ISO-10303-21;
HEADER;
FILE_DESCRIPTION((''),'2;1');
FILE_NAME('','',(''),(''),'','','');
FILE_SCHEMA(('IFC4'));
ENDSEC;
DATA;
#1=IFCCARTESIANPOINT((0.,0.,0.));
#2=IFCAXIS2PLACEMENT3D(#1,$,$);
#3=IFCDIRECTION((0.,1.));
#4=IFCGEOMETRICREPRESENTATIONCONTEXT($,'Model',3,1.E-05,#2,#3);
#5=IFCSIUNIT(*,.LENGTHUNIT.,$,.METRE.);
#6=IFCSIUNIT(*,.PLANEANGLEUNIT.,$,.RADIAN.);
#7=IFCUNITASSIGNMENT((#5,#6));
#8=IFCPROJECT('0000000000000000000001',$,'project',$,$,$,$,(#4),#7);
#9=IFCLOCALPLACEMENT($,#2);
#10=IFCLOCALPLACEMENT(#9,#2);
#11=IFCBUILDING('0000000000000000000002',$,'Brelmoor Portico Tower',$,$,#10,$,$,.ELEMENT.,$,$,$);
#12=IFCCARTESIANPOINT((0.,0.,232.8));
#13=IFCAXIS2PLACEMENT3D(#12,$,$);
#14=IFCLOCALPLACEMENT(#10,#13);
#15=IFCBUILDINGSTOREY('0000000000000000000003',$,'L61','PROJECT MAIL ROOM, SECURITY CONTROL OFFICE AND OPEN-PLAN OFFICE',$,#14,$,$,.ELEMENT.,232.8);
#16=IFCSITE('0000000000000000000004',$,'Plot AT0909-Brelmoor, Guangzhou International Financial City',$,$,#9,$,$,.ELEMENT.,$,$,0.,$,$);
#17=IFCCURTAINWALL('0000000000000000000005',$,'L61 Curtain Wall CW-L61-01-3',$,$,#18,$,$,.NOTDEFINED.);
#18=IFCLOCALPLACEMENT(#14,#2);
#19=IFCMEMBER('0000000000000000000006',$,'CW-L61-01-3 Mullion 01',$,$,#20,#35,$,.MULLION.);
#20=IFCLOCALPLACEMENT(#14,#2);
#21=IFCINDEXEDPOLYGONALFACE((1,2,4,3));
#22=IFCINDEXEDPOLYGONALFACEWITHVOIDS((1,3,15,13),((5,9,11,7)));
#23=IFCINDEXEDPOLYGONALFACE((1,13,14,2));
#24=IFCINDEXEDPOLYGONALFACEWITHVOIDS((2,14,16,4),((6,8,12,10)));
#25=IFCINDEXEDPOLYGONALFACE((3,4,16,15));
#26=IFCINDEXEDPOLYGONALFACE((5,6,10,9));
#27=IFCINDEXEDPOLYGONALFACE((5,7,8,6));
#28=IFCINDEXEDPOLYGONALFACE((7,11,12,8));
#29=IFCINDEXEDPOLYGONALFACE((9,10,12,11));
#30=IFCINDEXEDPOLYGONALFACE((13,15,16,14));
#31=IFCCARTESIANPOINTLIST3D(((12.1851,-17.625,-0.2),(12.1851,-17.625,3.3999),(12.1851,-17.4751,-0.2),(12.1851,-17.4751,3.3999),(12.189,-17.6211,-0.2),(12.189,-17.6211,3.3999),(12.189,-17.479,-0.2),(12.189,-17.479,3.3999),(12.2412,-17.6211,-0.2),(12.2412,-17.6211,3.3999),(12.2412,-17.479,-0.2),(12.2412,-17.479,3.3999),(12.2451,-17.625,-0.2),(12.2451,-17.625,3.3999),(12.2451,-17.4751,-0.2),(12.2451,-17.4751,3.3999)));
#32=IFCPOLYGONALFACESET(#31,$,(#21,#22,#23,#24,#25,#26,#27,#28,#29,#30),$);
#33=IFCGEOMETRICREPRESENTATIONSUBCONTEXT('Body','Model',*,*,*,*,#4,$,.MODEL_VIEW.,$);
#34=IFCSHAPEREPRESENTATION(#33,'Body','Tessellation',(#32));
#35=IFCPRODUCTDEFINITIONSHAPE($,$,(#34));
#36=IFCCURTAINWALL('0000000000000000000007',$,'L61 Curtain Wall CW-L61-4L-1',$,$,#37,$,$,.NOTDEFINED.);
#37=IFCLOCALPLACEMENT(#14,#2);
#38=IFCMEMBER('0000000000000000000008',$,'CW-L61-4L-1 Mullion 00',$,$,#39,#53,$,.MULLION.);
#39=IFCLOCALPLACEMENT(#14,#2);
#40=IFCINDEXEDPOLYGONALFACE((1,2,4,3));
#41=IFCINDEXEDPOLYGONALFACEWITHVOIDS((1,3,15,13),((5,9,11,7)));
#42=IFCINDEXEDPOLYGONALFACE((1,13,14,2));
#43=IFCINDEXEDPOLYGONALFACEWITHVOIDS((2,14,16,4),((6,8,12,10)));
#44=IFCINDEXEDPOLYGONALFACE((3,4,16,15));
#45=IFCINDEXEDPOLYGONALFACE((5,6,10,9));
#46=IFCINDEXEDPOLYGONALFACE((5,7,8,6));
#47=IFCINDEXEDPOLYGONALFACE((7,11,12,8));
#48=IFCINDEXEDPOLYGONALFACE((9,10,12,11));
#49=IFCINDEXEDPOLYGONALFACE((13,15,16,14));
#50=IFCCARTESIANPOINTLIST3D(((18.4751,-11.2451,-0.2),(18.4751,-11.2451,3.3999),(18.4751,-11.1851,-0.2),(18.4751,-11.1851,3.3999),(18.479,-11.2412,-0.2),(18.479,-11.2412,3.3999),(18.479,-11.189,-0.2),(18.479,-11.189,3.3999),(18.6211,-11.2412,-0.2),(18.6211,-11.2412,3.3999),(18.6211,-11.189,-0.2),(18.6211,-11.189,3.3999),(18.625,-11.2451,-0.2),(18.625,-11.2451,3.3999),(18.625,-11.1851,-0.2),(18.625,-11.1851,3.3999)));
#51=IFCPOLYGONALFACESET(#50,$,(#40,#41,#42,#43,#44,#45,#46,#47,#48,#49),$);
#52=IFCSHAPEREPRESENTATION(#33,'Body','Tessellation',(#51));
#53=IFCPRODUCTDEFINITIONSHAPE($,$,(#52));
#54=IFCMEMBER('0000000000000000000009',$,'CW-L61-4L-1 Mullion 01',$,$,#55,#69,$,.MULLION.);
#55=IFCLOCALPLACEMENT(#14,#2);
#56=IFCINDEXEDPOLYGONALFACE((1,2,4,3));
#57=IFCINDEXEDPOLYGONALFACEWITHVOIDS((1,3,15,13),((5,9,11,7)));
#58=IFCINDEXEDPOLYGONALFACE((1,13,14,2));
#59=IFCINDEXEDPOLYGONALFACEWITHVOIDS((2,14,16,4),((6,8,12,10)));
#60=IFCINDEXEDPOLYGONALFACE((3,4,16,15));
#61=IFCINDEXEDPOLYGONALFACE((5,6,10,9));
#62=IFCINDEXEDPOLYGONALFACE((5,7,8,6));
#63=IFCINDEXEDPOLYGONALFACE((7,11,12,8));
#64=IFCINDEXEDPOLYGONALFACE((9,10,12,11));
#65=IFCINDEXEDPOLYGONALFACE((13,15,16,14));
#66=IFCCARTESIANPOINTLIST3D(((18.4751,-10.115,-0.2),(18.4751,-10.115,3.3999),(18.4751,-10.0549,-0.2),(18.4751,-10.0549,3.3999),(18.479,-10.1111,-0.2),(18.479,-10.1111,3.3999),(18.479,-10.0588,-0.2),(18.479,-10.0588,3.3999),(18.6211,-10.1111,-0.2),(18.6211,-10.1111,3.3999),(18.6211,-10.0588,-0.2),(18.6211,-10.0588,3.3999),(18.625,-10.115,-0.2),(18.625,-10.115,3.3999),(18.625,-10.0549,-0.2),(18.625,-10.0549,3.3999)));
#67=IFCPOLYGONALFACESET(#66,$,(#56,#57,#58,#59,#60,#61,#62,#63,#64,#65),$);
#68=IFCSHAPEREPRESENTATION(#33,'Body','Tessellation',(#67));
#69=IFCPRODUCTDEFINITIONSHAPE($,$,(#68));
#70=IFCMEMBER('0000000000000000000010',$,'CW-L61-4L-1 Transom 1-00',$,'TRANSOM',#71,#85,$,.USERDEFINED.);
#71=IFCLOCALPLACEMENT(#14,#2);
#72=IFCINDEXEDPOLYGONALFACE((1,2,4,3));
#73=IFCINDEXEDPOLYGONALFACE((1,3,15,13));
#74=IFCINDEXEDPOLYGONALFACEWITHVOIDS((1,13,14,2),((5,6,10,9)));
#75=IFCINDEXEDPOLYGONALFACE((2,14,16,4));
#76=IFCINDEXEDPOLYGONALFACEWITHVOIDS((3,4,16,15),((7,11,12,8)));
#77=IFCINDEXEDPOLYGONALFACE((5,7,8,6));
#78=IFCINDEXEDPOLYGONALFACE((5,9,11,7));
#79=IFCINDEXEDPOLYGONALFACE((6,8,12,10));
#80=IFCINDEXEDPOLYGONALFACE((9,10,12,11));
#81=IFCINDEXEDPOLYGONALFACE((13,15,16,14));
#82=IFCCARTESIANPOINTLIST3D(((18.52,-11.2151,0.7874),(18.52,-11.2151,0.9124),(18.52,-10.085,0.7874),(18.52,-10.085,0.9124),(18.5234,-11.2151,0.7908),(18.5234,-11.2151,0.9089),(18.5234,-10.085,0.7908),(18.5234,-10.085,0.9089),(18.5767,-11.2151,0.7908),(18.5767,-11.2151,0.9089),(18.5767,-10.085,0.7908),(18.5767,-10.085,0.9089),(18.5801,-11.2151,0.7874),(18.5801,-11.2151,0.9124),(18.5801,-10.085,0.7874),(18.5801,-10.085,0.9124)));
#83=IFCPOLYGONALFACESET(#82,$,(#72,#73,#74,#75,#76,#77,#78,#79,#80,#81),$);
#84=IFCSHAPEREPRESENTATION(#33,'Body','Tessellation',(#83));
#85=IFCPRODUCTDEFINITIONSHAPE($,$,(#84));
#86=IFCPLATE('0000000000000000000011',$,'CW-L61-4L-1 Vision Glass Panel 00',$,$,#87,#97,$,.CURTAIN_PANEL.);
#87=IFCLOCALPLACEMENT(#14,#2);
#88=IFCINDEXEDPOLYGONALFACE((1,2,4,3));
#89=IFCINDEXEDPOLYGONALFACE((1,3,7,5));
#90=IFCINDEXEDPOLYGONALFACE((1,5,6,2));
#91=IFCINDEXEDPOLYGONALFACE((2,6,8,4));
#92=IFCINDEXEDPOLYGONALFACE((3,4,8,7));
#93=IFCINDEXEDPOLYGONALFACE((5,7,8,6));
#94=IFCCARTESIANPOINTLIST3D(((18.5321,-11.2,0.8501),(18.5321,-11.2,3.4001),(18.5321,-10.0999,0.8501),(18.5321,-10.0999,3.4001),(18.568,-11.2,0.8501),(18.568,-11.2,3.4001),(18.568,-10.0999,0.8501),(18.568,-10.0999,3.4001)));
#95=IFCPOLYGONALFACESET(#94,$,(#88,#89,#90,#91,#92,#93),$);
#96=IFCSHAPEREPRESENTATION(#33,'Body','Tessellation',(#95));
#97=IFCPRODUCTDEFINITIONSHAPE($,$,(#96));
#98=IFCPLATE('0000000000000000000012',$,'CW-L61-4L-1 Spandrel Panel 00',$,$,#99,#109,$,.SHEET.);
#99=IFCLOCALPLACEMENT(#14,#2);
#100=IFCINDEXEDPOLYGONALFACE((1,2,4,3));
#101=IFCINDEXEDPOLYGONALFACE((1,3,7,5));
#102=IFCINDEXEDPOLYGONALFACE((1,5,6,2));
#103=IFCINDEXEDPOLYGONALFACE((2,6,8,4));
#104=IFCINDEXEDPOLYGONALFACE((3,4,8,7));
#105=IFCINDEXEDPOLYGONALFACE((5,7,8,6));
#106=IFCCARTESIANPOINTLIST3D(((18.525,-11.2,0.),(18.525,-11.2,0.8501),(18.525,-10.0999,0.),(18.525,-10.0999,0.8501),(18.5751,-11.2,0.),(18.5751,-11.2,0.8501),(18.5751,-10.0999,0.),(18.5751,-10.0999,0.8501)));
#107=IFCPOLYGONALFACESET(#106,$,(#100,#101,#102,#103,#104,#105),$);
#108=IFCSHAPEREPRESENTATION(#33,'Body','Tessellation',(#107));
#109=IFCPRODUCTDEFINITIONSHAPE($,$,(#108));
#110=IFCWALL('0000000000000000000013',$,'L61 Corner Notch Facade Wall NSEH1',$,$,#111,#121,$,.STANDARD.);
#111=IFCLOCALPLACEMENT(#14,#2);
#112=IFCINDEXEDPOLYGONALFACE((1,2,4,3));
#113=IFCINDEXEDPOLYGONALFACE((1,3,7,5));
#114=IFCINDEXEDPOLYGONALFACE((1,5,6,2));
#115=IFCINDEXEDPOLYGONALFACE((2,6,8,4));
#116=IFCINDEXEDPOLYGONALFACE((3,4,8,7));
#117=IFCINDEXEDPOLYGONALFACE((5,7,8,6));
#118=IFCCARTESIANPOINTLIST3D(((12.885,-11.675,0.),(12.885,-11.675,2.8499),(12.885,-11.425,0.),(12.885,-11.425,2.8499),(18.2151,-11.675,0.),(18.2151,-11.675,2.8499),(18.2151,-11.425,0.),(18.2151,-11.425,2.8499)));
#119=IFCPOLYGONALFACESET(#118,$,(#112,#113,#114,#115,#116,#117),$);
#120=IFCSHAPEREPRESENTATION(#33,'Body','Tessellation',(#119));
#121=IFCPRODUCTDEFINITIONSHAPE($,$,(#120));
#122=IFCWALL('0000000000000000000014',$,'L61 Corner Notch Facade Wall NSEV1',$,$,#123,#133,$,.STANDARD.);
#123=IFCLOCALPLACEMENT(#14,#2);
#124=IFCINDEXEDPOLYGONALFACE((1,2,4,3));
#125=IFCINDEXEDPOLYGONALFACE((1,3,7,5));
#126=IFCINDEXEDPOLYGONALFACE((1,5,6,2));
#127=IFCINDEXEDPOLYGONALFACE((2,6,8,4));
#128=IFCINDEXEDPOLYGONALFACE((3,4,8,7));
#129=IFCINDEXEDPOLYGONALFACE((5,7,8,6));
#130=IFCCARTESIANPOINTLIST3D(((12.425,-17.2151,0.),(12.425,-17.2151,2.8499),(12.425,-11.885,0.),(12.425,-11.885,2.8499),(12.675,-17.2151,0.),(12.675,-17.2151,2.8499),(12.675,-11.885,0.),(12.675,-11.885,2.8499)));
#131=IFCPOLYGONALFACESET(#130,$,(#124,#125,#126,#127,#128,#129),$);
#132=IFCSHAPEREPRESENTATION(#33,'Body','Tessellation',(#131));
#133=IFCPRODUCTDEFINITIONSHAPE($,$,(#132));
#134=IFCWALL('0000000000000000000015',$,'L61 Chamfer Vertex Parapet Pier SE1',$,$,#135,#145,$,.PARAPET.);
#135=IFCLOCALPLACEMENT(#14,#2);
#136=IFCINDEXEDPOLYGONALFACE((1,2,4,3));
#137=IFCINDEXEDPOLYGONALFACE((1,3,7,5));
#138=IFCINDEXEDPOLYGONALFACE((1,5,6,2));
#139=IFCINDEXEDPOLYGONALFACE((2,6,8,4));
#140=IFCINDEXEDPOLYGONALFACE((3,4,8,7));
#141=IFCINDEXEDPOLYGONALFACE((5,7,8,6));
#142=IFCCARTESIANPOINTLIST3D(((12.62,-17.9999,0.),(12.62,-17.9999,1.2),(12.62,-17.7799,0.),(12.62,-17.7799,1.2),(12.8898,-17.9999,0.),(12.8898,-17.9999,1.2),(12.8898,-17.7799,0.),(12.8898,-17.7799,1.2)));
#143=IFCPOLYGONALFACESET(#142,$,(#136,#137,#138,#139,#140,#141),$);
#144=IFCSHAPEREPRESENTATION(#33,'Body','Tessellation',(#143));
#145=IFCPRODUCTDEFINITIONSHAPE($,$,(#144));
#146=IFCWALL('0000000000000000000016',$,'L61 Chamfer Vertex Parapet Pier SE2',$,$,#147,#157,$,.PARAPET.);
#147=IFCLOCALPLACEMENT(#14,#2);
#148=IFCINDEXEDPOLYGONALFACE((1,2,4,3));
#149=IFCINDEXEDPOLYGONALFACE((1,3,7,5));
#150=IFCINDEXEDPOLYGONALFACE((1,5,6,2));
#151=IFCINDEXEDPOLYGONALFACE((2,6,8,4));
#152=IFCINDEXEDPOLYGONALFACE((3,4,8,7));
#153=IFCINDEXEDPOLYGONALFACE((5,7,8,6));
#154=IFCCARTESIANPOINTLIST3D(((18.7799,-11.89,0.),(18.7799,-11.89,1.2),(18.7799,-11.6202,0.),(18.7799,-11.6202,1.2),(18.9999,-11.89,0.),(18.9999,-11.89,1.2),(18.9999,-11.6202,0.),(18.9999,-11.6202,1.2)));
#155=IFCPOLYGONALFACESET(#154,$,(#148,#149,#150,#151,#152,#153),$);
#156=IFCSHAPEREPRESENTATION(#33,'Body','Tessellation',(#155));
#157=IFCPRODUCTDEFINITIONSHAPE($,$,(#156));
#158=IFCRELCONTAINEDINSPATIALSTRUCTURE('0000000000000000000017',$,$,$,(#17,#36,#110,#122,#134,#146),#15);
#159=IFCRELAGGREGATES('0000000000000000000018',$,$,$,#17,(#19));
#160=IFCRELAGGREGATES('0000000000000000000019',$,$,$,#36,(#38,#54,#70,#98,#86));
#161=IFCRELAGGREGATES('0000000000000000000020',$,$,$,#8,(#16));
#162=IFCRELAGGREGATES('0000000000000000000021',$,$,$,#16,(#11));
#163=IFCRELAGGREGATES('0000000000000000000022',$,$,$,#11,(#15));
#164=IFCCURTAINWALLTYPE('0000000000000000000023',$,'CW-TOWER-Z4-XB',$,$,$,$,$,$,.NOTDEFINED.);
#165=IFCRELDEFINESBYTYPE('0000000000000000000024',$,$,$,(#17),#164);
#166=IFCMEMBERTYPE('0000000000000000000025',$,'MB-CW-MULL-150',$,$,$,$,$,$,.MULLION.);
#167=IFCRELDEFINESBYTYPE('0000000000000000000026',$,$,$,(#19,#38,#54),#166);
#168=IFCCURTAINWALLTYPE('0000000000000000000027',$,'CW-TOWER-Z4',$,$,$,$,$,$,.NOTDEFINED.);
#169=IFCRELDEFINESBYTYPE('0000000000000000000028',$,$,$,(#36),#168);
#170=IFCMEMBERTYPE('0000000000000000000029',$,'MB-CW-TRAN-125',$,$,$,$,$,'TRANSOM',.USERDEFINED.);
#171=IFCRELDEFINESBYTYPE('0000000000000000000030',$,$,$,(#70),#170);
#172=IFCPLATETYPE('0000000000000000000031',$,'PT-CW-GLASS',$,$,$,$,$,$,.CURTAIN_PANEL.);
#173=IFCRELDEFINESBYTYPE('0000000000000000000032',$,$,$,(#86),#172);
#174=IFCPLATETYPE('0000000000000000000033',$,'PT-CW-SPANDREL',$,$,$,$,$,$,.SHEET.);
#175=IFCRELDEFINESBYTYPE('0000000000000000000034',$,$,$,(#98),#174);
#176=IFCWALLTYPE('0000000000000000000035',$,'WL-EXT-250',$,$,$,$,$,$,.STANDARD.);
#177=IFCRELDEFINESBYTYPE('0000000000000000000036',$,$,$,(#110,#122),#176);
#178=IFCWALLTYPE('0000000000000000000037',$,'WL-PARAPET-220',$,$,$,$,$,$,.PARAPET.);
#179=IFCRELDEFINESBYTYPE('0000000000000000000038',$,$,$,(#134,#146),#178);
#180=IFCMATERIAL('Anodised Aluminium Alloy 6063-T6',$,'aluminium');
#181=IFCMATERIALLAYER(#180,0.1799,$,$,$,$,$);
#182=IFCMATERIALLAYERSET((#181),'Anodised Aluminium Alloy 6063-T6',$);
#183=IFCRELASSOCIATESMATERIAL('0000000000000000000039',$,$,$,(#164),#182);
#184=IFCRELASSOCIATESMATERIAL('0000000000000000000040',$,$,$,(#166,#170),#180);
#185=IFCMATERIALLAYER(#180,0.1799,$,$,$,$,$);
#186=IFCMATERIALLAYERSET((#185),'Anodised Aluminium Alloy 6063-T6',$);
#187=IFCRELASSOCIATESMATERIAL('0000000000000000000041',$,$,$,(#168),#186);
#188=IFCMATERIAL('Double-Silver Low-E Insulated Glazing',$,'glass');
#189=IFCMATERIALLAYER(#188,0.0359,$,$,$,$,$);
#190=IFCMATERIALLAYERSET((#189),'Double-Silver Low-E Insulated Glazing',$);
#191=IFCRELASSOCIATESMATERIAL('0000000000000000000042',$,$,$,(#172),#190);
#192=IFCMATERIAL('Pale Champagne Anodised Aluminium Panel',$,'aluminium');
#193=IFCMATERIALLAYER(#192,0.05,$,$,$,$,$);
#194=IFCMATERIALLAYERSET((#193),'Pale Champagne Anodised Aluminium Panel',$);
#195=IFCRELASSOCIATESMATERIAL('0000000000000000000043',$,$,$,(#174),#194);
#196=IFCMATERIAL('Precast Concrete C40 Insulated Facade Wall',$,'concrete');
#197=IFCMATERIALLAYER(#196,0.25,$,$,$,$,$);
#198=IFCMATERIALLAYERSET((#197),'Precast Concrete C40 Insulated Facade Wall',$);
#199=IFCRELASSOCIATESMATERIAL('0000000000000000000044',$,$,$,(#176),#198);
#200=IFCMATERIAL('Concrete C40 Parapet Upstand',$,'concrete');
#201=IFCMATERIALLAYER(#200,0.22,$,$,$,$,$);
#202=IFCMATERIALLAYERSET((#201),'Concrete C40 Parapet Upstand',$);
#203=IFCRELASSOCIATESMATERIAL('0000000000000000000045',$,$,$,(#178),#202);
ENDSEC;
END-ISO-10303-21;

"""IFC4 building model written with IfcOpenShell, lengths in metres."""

from ifc_helpers import new_model, si_unit, direction, frame, frame_2d, origin, origin_2d, place, context, subcontext, project, spatial, rectangle, hollow_rectangle, extrude, material, layer, layer_set, material_profile, profile_set, type_object, element, aggregate, save


model = new_model("IFC4")

# Units and contexts
model_context = context("Model", 3, precision=1e-05, world=origin(), true_north=direction((0.0, 1.0)))
body_context = subcontext(model_context, "Body", "Model", "MODEL_VIEW")
ifc_project = project(units=[si_unit("LENGTHUNIT", "METRE"), si_unit("PLANEANGLEUNIT", "RADIAN")], contexts=[model_context])

# Site, building, storey
site_placement = place(None, origin())
site = spatial("IfcSite", under=ifc_project, at=site_placement, Name="Plot AT0909-Brelmoor, Guangzhou International Financial City", CompositionType="ELEMENT", RefElevation=0.0)
building_placement = place(site_placement, origin())
building = spatial("IfcBuilding", under=site, at=building_placement, Name="Brelmoor Portico Tower", CompositionType="ELEMENT")
storey_placement = place(building_placement, frame((0.0, 0.0, 232.8)))
storey = spatial("IfcBuildingStorey", under=building, at=storey_placement, Name="L61", Description="PROJECT MAIL ROOM, SECURITY CONTROL OFFICE AND OPEN-PLAN OFFICE", CompositionType="ELEMENT", Elevation=232.8)

# Curtain wall, member
ifc_material_1 = material(Name="Anodised Aluminium Alloy 6063-T6", Category="aluminium")
ifc_layer_1 = layer(ifc_material_1, 0.1799)
ifc_layer_set_1 = layer_set([ifc_layer_1], Name="Anodised Aluminium Alloy 6063-T6")
curtain_wall_type_1 = type_object("IfcCurtainWallType", Name="CW-TOWER-Z4-XB", PredefinedType="NOTDEFINED", material=ifc_layer_set_1)
curtain_wall_1_placement = place(storey_placement, origin())
curtain_wall_1 = element("IfcCurtainWall", 1, at=curtain_wall_1_placement, inside=storey, type_object=curtain_wall_type_1, Name="L61 Curtain Wall CW-L61-01-3", PredefinedType="NOTDEFINED")
ifc_material_profile_1 = material_profile(ifc_material_1, hollow_rectangle(XDim=0.0601, YDim=0.1499, WallThickness=0.0039, at=origin_2d()), Name="ALU MULLION 60x150")
ifc_profile_set_1 = profile_set([ifc_material_profile_1], Name="Anodised Aluminium Alloy 6063-T6")
member_type_1 = type_object("IfcMemberType", Name="MB-CW-MULL-150", PredefinedType="MULLION", material=ifc_profile_set_1)
member_1_placement = place(storey_placement, frame((12.2151, -17.55, -0.2), z_axis=(0.0, 0.0, 1.0), x_axis=(1.0, 0.0, 0.0)))
member_1 = element("IfcMember", 2, at=member_1_placement, type_object=member_type_1, Name="CW-L61-01-3 Mullion 01", PredefinedType="MULLION", context=body_context, shape_type="SweptSolid", body=[
    extrude(hollow_rectangle(XDim=0.0601, YDim=0.1499, WallThickness=0.0039, at=origin_2d()), origin(), (0.0, 0.0, 1.0), 3.5999),
])
aggregate(curtain_wall_1, [member_1])

# Curtain wall, members, plates
ifc_layer_2 = layer(ifc_material_1, 0.1799)
ifc_layer_set_2 = layer_set([ifc_layer_2], Name="Anodised Aluminium Alloy 6063-T6")
curtain_wall_type_2 = type_object("IfcCurtainWallType", Name="CW-TOWER-Z4", PredefinedType="NOTDEFINED", material=ifc_layer_set_2)
curtain_wall_2_placement = place(storey_placement, origin())
curtain_wall_2 = element("IfcCurtainWall", 3, at=curtain_wall_2_placement, inside=storey, type_object=curtain_wall_type_2, Name="L61 Curtain Wall CW-L61-4L-1", PredefinedType="NOTDEFINED")
member_2_placement = place(storey_placement, frame((18.55, -11.2151, -0.2), z_axis=(0.0, 0.0, 1.0), x_axis=(0.0, 1.0, 0.0)))
member_2 = element("IfcMember", 4, at=member_2_placement, type_object=member_type_1, Name="CW-L61-4L-1 Mullion 00", PredefinedType="MULLION", context=body_context, shape_type="SweptSolid", body=[
    extrude(hollow_rectangle(XDim=0.0601, YDim=0.1499, WallThickness=0.0039, at=origin_2d()), origin(), (0.0, 0.0, 1.0), 3.5999),
])
member_3_placement = place(storey_placement, frame((18.55, -10.085, -0.2), z_axis=(0.0, 0.0, 1.0), x_axis=(0.0, 1.0, 0.0)))
member_3 = element("IfcMember", 5, at=member_3_placement, type_object=member_type_1, Name="CW-L61-4L-1 Mullion 01", PredefinedType="MULLION", context=body_context, shape_type="SweptSolid", body=[
    extrude(hollow_rectangle(XDim=0.0601, YDim=0.1499, WallThickness=0.0039, at=origin_2d()), origin(), (0.0, 0.0, 1.0), 3.5999),
])
ifc_material_profile_2 = material_profile(ifc_material_1, hollow_rectangle(XDim=0.0601, YDim=0.125, WallThickness=0.0034, at=origin_2d()), Name="ALU TRANSOM 60x125")
ifc_profile_set_2 = profile_set([ifc_material_profile_2], Name="Anodised Aluminium Alloy 6063-T6")
member_type_2 = type_object("IfcMemberType", Name="MB-CW-TRAN-125", ElementType="TRANSOM", PredefinedType="USERDEFINED", material=ifc_profile_set_2)
member_4_placement = place(storey_placement, frame((18.55, -11.2151, 0.8499), z_axis=(0.0, 1.0, 0.0), x_axis=(-1.0, 0.0, 0.0)))
member_4 = element("IfcMember", 6, at=member_4_placement, type_object=member_type_2, Name="CW-L61-4L-1 Transom 1-00", ObjectType="TRANSOM", PredefinedType="USERDEFINED", context=body_context, shape_type="SweptSolid", body=[
    extrude(hollow_rectangle(XDim=0.0601, YDim=0.125, WallThickness=0.0034, at=origin_2d()), origin(), (0.0, 0.0, 1.0), 1.1301),
])
ifc_material_2 = material(Name="Double-Silver Low-E Insulated Glazing", Category="glass")
ifc_layer_3 = layer(ifc_material_2, 0.0359)
ifc_layer_set_3 = layer_set([ifc_layer_3], Name="Double-Silver Low-E Insulated Glazing")
plate_type_1 = type_object("IfcPlateType", Name="PT-CW-GLASS", PredefinedType="CURTAIN_PANEL", material=ifc_layer_set_3)
plate_1_placement = place(storey_placement, frame((18.55, -10.6499, 0.8501), z_axis=(0.0, 0.0, 1.0), x_axis=(0.0, 1.0, 0.0)))
plate_1 = element("IfcPlate", 7, at=plate_1_placement, type_object=plate_type_1, Name="CW-L61-4L-1 Vision Glass Panel 00", PredefinedType="CURTAIN_PANEL", context=body_context, shape_type="SweptSolid", body=[
    extrude(rectangle(XDim=1.1001, YDim=0.0359, at=origin_2d()), origin(), (0.0, 0.0, 1.0), 2.55),
])
ifc_material_3 = material(Name="Pale Champagne Anodised Aluminium Panel", Category="aluminium")
ifc_layer_4 = layer(ifc_material_3, 0.05)
ifc_layer_set_4 = layer_set([ifc_layer_4], Name="Pale Champagne Anodised Aluminium Panel")
plate_type_2 = type_object("IfcPlateType", Name="PT-CW-SPANDREL", PredefinedType="SHEET", material=ifc_layer_set_4)
plate_2_placement = place(storey_placement, frame((18.55, -10.6499, 0.0), z_axis=(0.0, 0.0, 1.0), x_axis=(0.0, 1.0, 0.0)))
plate_2 = element("IfcPlate", 8, at=plate_2_placement, type_object=plate_type_2, Name="CW-L61-4L-1 Spandrel Panel 00", PredefinedType="SHEET", context=body_context, shape_type="SweptSolid", body=[
    extrude(rectangle(XDim=1.1001, YDim=0.05, at=origin_2d()), origin(), (0.0, 0.0, 1.0), 0.8501),
])
aggregate(curtain_wall_2, [member_2, member_3, member_4, plate_2, plate_1])

# Walls
ifc_material_4 = material(Name="Precast Concrete C40 Insulated Facade Wall", Category="concrete")
ifc_layer_5 = layer(ifc_material_4, 0.25)
ifc_layer_set_5 = layer_set([ifc_layer_5], Name="Precast Concrete C40 Insulated Facade Wall")
wall_type_1 = type_object("IfcWallType", Name="WL-EXT-250", PredefinedType="STANDARD", material=ifc_layer_set_5)
for number, where, z_axis, x_axis, name in (
    (9, (12.885, -11.55, 0.0), (0.0, 0.0, 1.0), (1.0, 0.0, 0.0), "L61 Corner Notch Facade Wall NSEH1"),
    (10, (12.55, -17.2151, 0.0), (0.0, 0.0, 1.0), (0.0, 1.0, 0.0), "L61 Corner Notch Facade Wall NSEV1"),
):
    element("IfcWall", number, at=place(storey_placement, frame(where, z_axis=z_axis, x_axis=x_axis)), inside=storey, type_object=wall_type_1, Name=name, PredefinedType="STANDARD", context=body_context, shape_type="SweptSolid", body=[
        extrude(rectangle(XDim=5.3301, YDim=0.25, at=frame_2d((2.665, 0.0))), origin(), (0.0, 0.0, 1.0), 2.8499),
    ])
ifc_material_5 = material(Name="Concrete C40 Parapet Upstand", Category="concrete")
ifc_layer_6 = layer(ifc_material_5, 0.22)
ifc_layer_set_6 = layer_set([ifc_layer_6], Name="Concrete C40 Parapet Upstand")
wall_type_2 = type_object("IfcWallType", Name="WL-PARAPET-220", PredefinedType="PARAPET", material=ifc_layer_set_6)
for number, where, z_axis, x_axis, name in (
    (11, (12.6201, -17.8899, 0.0), (0.0, 0.0, 1.0), (1.0, 0.0, 0.0), "L61 Chamfer Vertex Parapet Pier SE1"),
    (12, (18.8899, -11.8899, 0.0), (0.0, 0.0, 1.0), (0.0, 1.0, 0.0), "L61 Chamfer Vertex Parapet Pier SE2"),
):
    element("IfcWall", number, at=place(storey_placement, frame(where, z_axis=z_axis, x_axis=x_axis)), inside=storey, type_object=wall_type_2, Name=name, PredefinedType="PARAPET", context=body_context, shape_type="SweptSolid", body=[
        extrude(rectangle(XDim=0.2698, YDim=0.22, at=frame_2d((0.1348, 0.0))), origin(), (0.0, 0.0, 1.0), 1.2),
    ])

save(model, "model.ifc")
